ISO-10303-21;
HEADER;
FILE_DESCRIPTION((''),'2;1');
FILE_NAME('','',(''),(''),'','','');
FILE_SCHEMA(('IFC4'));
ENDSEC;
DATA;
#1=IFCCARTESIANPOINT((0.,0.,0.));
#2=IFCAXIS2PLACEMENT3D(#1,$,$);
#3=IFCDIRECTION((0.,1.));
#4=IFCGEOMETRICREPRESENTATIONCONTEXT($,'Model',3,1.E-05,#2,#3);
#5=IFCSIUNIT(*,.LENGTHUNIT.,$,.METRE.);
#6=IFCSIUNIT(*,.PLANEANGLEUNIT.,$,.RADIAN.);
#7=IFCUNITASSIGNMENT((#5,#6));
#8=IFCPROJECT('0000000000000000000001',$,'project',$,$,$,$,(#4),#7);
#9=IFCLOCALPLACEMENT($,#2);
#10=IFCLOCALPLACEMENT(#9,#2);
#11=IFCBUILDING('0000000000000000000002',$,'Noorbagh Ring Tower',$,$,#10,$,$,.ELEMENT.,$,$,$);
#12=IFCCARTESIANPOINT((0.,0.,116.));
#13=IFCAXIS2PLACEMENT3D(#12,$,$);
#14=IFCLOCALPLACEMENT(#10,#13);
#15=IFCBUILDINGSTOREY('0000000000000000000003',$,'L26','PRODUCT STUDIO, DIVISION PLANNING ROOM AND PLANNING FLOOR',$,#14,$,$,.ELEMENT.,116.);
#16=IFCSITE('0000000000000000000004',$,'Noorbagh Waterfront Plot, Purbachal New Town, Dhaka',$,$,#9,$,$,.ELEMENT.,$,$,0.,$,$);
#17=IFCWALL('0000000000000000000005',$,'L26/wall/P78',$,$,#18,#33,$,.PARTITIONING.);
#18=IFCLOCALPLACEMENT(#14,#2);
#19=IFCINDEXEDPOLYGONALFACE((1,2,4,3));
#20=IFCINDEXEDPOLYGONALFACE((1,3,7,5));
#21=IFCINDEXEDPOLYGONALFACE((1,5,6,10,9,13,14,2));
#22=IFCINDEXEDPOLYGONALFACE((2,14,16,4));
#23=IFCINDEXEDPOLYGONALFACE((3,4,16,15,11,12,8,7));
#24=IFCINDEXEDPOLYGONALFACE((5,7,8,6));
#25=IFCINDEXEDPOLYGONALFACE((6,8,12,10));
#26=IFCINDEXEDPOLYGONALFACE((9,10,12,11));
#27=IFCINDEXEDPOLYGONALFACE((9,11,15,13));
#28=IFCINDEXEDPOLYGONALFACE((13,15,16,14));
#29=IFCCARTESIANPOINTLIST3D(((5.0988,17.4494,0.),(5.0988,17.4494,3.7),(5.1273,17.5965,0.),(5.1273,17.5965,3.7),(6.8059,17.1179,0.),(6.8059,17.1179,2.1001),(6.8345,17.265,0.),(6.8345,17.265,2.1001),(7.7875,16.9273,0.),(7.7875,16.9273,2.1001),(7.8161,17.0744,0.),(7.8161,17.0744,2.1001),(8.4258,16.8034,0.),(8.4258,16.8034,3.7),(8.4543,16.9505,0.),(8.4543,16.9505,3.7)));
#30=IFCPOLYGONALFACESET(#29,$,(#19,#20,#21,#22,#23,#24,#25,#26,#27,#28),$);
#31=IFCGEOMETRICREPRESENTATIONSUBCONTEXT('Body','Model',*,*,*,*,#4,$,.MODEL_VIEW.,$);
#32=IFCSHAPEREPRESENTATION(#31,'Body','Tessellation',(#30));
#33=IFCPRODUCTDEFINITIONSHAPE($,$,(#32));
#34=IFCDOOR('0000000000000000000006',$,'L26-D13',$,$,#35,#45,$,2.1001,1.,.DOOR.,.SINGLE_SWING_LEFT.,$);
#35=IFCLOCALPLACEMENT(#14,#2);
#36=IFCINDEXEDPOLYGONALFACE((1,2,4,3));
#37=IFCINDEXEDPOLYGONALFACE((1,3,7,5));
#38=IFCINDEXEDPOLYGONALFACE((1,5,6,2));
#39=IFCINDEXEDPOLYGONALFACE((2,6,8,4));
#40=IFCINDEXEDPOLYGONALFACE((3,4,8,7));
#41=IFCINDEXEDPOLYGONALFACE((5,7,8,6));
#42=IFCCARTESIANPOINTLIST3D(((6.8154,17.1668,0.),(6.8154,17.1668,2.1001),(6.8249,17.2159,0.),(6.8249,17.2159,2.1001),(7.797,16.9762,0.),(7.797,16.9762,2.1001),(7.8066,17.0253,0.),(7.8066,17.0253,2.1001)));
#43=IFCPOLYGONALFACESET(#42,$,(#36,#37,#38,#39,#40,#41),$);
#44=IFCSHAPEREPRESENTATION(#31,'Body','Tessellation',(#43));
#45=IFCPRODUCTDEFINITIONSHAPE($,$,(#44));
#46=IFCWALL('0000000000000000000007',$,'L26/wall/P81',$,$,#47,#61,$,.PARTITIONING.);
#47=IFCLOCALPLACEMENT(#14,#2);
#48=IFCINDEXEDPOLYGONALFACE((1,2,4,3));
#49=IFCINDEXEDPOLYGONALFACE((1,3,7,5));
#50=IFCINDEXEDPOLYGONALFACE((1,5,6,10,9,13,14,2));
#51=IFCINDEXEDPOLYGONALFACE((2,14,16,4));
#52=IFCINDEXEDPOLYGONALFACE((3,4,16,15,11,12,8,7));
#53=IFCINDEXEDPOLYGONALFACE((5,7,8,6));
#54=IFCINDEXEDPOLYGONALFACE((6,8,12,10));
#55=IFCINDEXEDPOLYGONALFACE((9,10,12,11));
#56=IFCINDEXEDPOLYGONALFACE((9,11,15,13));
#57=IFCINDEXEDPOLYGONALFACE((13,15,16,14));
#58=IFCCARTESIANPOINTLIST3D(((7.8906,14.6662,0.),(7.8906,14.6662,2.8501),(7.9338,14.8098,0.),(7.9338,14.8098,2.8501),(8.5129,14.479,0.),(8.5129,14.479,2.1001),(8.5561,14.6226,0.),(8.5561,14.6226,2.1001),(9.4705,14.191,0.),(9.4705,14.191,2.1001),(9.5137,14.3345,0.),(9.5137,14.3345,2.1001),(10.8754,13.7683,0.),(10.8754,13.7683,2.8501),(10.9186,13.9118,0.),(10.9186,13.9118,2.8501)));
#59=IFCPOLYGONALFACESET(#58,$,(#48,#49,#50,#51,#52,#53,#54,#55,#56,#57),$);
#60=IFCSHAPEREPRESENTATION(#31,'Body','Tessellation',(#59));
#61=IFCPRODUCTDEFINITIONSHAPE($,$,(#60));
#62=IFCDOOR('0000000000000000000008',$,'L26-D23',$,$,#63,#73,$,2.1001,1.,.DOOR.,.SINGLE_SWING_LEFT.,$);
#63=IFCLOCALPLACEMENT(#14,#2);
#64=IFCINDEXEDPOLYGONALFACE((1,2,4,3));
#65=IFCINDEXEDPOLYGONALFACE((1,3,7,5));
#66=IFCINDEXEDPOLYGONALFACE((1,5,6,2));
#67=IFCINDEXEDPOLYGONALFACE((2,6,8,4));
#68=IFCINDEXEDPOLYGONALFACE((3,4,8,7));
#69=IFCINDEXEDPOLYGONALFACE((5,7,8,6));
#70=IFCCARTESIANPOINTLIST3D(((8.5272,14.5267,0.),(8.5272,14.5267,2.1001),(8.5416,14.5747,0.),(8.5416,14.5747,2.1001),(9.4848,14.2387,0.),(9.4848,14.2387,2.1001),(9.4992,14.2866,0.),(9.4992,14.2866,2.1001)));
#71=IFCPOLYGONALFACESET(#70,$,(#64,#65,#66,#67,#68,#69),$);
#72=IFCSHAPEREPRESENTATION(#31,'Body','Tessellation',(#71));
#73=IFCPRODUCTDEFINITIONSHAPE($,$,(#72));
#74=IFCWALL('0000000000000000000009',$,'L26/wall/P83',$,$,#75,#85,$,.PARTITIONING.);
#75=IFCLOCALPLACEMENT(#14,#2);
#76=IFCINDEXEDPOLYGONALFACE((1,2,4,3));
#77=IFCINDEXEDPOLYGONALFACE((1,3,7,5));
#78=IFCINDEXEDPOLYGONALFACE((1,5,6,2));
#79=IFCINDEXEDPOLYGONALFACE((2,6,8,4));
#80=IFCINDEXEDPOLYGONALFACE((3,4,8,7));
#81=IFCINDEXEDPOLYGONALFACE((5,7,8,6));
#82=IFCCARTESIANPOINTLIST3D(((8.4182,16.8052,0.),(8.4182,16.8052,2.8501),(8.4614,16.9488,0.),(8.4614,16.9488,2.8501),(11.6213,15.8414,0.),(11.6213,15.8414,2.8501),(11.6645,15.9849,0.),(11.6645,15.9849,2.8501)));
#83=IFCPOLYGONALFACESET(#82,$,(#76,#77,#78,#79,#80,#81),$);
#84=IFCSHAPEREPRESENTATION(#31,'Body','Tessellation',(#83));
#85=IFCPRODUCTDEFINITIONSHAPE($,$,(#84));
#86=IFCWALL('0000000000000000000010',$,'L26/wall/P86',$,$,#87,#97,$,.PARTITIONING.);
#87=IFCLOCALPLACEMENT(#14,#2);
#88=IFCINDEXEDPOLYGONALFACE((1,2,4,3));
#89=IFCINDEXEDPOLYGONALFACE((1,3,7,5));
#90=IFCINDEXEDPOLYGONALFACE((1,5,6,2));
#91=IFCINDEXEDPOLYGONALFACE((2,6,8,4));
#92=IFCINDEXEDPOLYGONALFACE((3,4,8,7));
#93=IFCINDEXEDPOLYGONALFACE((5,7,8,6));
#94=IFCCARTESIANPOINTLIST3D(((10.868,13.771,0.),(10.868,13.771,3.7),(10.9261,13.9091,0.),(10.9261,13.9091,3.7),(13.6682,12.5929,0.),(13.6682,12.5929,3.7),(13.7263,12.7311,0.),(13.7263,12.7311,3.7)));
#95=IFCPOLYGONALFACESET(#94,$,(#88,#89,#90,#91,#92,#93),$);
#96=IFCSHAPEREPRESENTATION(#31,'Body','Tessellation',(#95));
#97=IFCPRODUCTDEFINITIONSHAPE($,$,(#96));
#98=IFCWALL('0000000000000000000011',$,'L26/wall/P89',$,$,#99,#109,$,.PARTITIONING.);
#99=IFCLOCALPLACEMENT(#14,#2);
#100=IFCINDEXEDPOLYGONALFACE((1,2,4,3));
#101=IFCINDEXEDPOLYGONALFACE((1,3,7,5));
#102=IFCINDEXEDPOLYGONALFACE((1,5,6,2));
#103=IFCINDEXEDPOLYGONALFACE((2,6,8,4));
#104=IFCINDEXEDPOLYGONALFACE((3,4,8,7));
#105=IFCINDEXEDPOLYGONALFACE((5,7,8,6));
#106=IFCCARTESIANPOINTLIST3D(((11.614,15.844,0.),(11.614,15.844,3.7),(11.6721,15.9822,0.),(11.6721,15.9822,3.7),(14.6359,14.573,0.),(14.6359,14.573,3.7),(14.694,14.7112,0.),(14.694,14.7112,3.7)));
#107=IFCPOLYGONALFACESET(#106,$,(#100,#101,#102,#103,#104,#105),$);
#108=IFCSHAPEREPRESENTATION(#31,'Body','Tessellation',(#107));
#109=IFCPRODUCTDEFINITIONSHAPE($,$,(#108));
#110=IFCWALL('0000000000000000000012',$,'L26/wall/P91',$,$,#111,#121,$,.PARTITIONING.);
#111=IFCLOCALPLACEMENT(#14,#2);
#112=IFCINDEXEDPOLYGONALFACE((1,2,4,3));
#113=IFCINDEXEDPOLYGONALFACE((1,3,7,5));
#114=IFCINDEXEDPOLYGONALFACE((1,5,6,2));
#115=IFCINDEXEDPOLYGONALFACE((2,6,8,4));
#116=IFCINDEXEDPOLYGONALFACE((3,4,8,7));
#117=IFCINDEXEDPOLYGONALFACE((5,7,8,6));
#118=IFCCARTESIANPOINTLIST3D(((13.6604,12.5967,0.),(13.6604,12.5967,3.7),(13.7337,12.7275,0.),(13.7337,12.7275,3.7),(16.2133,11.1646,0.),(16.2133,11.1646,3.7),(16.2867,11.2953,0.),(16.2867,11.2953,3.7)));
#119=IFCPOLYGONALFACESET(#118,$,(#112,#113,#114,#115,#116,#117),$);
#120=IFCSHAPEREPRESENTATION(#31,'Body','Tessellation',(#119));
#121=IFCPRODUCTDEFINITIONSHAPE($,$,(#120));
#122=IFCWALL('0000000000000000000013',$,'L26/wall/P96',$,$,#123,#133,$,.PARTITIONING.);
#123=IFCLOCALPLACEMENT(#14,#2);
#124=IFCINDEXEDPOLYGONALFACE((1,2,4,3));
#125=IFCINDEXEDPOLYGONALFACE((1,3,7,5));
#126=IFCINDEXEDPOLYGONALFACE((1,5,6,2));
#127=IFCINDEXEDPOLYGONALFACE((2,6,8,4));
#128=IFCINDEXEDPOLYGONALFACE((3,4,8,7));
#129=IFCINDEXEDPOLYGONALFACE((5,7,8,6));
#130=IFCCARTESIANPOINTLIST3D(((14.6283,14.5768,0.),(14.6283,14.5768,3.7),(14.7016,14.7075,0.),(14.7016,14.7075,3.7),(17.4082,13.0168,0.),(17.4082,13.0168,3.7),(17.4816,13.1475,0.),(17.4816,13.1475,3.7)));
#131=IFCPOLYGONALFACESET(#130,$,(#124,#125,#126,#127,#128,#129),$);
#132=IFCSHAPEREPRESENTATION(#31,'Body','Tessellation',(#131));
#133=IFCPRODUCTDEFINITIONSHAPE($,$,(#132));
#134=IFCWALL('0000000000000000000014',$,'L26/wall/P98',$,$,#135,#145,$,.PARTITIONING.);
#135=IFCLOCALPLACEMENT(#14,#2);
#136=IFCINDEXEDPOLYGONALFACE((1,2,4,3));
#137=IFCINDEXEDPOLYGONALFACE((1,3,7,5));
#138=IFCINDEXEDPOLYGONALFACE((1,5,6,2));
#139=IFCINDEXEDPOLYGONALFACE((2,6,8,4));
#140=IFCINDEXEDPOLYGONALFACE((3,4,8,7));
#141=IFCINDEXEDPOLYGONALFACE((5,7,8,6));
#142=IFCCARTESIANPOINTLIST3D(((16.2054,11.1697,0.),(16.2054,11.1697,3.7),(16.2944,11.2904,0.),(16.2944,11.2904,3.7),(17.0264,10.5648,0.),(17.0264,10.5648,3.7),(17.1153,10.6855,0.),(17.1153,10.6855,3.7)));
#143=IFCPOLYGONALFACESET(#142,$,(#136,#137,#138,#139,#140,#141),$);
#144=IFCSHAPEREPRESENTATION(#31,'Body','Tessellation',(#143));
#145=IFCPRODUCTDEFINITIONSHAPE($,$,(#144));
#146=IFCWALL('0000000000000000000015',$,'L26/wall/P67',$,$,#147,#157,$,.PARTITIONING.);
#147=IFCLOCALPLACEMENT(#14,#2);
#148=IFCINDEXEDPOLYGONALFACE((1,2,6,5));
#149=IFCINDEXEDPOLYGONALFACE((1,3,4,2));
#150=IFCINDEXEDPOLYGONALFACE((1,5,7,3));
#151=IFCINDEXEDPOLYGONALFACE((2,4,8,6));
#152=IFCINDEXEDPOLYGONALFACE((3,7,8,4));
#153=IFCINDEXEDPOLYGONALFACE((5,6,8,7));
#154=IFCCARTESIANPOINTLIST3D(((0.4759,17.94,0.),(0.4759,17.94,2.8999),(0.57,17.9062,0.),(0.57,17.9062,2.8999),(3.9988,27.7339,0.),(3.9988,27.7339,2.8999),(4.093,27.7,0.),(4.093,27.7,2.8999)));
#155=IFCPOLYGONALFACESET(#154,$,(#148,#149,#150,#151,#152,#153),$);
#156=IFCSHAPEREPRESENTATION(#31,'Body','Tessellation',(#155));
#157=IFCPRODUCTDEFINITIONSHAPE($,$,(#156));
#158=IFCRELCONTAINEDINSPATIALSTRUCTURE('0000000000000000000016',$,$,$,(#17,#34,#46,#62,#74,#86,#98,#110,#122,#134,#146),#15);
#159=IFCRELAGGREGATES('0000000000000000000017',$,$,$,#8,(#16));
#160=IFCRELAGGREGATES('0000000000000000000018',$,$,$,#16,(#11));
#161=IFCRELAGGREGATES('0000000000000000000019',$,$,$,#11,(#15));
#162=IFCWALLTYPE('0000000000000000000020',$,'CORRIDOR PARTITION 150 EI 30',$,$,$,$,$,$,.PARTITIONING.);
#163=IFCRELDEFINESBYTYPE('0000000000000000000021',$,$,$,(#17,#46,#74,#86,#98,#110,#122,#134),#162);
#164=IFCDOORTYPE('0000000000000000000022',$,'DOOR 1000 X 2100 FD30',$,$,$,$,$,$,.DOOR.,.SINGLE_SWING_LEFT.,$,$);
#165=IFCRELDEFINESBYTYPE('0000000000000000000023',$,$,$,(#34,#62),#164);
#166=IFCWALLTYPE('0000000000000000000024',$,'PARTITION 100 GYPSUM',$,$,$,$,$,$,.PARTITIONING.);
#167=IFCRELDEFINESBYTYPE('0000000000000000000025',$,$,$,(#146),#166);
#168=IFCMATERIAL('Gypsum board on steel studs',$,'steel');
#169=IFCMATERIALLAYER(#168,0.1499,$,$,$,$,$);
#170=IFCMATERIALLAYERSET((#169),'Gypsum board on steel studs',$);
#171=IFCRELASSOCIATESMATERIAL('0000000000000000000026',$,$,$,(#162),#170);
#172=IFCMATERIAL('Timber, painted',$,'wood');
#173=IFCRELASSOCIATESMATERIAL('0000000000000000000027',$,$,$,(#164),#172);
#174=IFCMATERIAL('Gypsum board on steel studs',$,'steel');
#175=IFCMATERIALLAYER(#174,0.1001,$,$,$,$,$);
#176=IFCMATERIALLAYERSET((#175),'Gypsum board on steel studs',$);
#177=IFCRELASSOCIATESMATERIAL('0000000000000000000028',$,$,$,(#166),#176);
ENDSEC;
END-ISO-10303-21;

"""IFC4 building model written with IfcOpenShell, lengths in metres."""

from ifc_helpers import new_model, si_unit, direction, frame, frame_2d, origin, place, context, subcontext, project, spatial, rectangle, extrude, material, layer, layer_set, type_object, element, fill, save


model = new_model("IFC4")

# Units and contexts
model_context = context("Model", 3, precision=1e-05, world=origin(), true_north=direction((0.0, 1.0)))
body_context = subcontext(model_context, "Body", "Model", "MODEL_VIEW")
ifc_project = project(units=[si_unit("LENGTHUNIT", "METRE"), si_unit("PLANEANGLEUNIT", "RADIAN")], contexts=[model_context])

# Site, building, storey
site_placement = place(None, origin())
site = spatial("IfcSite", under=ifc_project, at=site_placement, Name="Noorbagh Waterfront Plot, Purbachal New Town, Dhaka", CompositionType="ELEMENT", RefElevation=0.0)
building_placement = place(site_placement, origin())
building = spatial("IfcBuilding", under=site, at=building_placement, Name="Noorbagh Ring Tower", CompositionType="ELEMENT")
storey_placement = place(building_placement, frame((0.0, 0.0, 116.0)))
storey = spatial("IfcBuildingStorey", under=building, at=storey_placement, Name="L26", Description="PRODUCT STUDIO, DIVISION PLANNING ROOM AND PLANNING FLOOR", CompositionType="ELEMENT", Elevation=116.0)

# Shared definitions
ifc_material_1 = material(Name="Gypsum board on steel studs", Category="steel")
ifc_layer_1 = layer(ifc_material_1, 0.1499)
ifc_layer_set_1 = layer_set([ifc_layer_1], Name="Gypsum board on steel studs")
wall_type_1 = type_object("IfcWallType", Name="CORRIDOR PARTITION 150 EI 30", PredefinedType="PARTITIONING", material=ifc_layer_set_1)

# Walls, openings, doors
wall_1_placement = place(storey_placement, frame((5.113, 17.5229, 0.0), z_axis=(0.0, 0.0, 1.0), x_axis=(0.981665, -0.190613, 0.0)))
wall_1 = element("IfcWall", 1, at=wall_1_placement, inside=storey, type_object=wall_type_1, Name="L26/wall/P78", PredefinedType="PARTITIONING", context=body_context, shape_type="SweptSolid", body=[
    extrude(rectangle(XDim=3.3892, YDim=0.1499, at=frame_2d((1.6946, 0.0))), origin(), (0.0, 0.0, 1.0), 3.7),
])
opening_1_placement = place(wall_1_placement, frame((1.739, 0.0, 0.0)))
opening_1 = element("IfcOpeningElement", 2, at=opening_1_placement, cuts=wall_1, PredefinedType="OPENING", context=body_context, shape_type="SweptSolid", body=[
    extrude(rectangle(XDim=1.0, YDim=2.1001, at=frame_2d((0.5, 1.05))), frame((0.0, 0.085, 0.0), z_axis=(0.0, -1.0, 0.0), x_axis=(1.0, 0.0, 0.0)), (0.0, 0.0, 1.0), 0.1699),
])
ifc_material_2 = material(Name="Timber, painted", Category="wood")
door_type = type_object("IfcDoorType", Name="DOOR 1000 X 2100 FD30", OperationType="SINGLE_SWING_LEFT", PredefinedType="DOOR", material=ifc_material_2)
door_1_placement = place(opening_1_placement, origin())
door_1 = element("IfcDoor", 3, at=door_1_placement, inside=storey, type_object=door_type, Name="L26-D13", OperationType="SINGLE_SWING_LEFT", OverallHeight=2.1001, OverallWidth=1.0, PredefinedType="DOOR", context=body_context, shape_type="SweptSolid", body=[
    extrude(rectangle(XDim=1.0, YDim=2.1001, at=frame_2d((0.5, 1.05))), frame((0.0, 0.0249, 0.0), z_axis=(0.0, -1.0, 0.0), x_axis=(1.0, 0.0, 0.0)), (0.0, 0.0, 1.0), 0.05),
])
fill(opening_1, door_1)
wall_2_placement = place(storey_placement, frame((7.9121, 14.738, 0.0), z_axis=(0.0, 0.0, 1.0), x_axis=(0.957606, -0.288081, 0.0)))
wall_2 = element("IfcWall", 4, at=wall_2_placement, inside=storey, type_object=wall_type_1, Name="L26/wall/P81", PredefinedType="PARTITIONING", context=body_context, shape_type="SweptSolid", body=[
    extrude(rectangle(XDim=3.1169, YDim=0.1499, at=frame_2d((1.5586, 0.0))), origin(), (0.0, 0.0, 1.0), 2.8501),
])
opening_2_placement = place(wall_2_placement, frame((0.6499, 0.0, 0.0)))
opening_2 = element("IfcOpeningElement", 5, at=opening_2_placement, cuts=wall_2, PredefinedType="OPENING", context=body_context, shape_type="SweptSolid", body=[
    extrude(rectangle(XDim=1.0, YDim=2.1001, at=frame_2d((0.5, 1.05))), frame((0.0, 0.085, 0.0), z_axis=(0.0, -1.0, 0.0), x_axis=(1.0, 0.0, 0.0)), (0.0, 0.0, 1.0), 0.1699),
])
door_2_placement = place(opening_2_placement, origin())
door_2 = element("IfcDoor", 6, at=door_2_placement, inside=storey, type_object=door_type, Name="L26-D23", OperationType="SINGLE_SWING_LEFT", OverallHeight=2.1001, OverallWidth=1.0, PredefinedType="DOOR", context=body_context, shape_type="SweptSolid", body=[
    extrude(rectangle(XDim=1.0, YDim=2.1001, at=frame_2d((0.5, 1.05))), frame((0.0, 0.0249, 0.0), z_axis=(0.0, -1.0, 0.0), x_axis=(1.0, 0.0, 0.0)), (0.0, 0.0, 1.0), 0.05),
])
fill(opening_2, door_2)

# Walls
wall_3_placement = place(storey_placement, frame((8.4399, 16.877, 0.0), z_axis=(0.0, 0.0, 1.0), x_axis=(0.957585, -0.288151, 0.0)))
element("IfcWall", 7, at=wall_3_placement, inside=storey, type_object=wall_type_1, Name="L26/wall/P83", PredefinedType="PARTITIONING", context=body_context, shape_type="SweptSolid", body=[
    extrude(rectangle(XDim=3.345, YDim=0.1499, at=frame_2d((1.6724, 0.0))), origin(), (0.0, 0.0, 1.0), 2.8501),
])
wall_4_placement = place(storey_placement, frame((10.897, 13.8401, 0.0), z_axis=(0.0, 0.0, 1.0), x_axis=(0.921752, -0.38778, 0.0)))
element("IfcWall", 8, at=wall_4_placement, inside=storey, type_object=wall_type_1, Name="L26/wall/P86", PredefinedType="PARTITIONING", context=body_context, shape_type="SweptSolid", body=[
    extrude(rectangle(XDim=3.0378, YDim=0.1499, at=frame_2d((1.519, 0.0))), origin(), (0.0, 0.0, 1.0), 3.7),
])
wall_5_placement = place(storey_placement, frame((11.6431, 15.9131, 0.0), z_axis=(0.0, 0.0, 1.0), x_axis=(0.921789, -0.387691, 0.0)))
element("IfcWall", 9, at=wall_5_placement, inside=storey, type_object=wall_type_1, Name="L26/wall/P89", PredefinedType="PARTITIONING", context=body_context, shape_type="SweptSolid", body=[
    extrude(rectangle(XDim=3.2783, YDim=0.1499, at=frame_2d((1.6392, 0.0))), origin(), (0.0, 0.0, 1.0), 3.7),
])
wall_6_placement = place(storey_placement, frame((13.697, 12.6621, 0.0), z_axis=(0.0, 0.0, 1.0), x_axis=(0.872147, -0.489243, 0.0)))
element("IfcWall", 10, at=wall_6_placement, inside=storey, type_object=wall_type_1, Name="L26/wall/P91", PredefinedType="PARTITIONING", context=body_context, shape_type="SweptSolid", body=[
    extrude(rectangle(XDim=2.9272, YDim=0.1499, at=frame_2d((1.4636, 0.0))), origin(), (0.0, 0.0, 1.0), 3.7),
])
wall_7_placement = place(storey_placement, frame((14.665, 14.6421, 0.0), z_axis=(0.0, 0.0, 1.0), x_axis=(0.872072, -0.489377, 0.0)))
element("IfcWall", 11, at=wall_7_placement, inside=storey, type_object=wall_type_1, Name="L26/wall/P96", PredefinedType="PARTITIONING", context=body_context, shape_type="SweptSolid", body=[
    extrude(rectangle(XDim=3.1877, YDim=0.1499, at=frame_2d((1.5938, 0.0))), origin(), (0.0, 0.0, 1.0), 3.7),
])
wall_8_placement = place(storey_placement, frame((16.25, 11.23, 0.0), z_axis=(0.0, 0.0, 1.0), x_axis=(0.805056, -0.593199, 0.0)))
element("IfcWall", 12, at=wall_8_placement, inside=storey, type_object=wall_type_1, Name="L26/wall/P98", PredefinedType="PARTITIONING", context=body_context, shape_type="SweptSolid", body=[
    extrude(rectangle(XDim=1.0198, YDim=0.1499, at=frame_2d((0.5098, 0.0))), origin(), (0.0, 0.0, 1.0), 3.7),
])
ifc_material_3 = material(Name="Gypsum board on steel studs", Category="steel")
ifc_layer_2 = layer(ifc_material_3, 0.1001)
ifc_layer_set_2 = layer_set([ifc_layer_2], Name="Gypsum board on steel studs")
wall_type_2 = type_object("IfcWallType", Name="PARTITION 100 GYPSUM", PredefinedType="PARTITIONING", material=ifc_layer_set_2)
wall_9_placement = place(storey_placement, frame((0.5229, 17.9231, 0.0), z_axis=(0.0, 0.0, 1.0), x_axis=(0.338475, 0.940975, 0.0)))
element("IfcWall", 13, at=wall_9_placement, inside=storey, type_object=wall_type_2, Name="L26/wall/P67", PredefinedType="PARTITIONING", context=body_context, shape_type="SweptSolid", body=[
    extrude(rectangle(XDim=10.4082, YDim=0.1001, at=frame_2d((5.2041, 0.0))), origin(), (0.0, 0.0, 1.0), 2.8999),
])

save(model, "model.ifc")
